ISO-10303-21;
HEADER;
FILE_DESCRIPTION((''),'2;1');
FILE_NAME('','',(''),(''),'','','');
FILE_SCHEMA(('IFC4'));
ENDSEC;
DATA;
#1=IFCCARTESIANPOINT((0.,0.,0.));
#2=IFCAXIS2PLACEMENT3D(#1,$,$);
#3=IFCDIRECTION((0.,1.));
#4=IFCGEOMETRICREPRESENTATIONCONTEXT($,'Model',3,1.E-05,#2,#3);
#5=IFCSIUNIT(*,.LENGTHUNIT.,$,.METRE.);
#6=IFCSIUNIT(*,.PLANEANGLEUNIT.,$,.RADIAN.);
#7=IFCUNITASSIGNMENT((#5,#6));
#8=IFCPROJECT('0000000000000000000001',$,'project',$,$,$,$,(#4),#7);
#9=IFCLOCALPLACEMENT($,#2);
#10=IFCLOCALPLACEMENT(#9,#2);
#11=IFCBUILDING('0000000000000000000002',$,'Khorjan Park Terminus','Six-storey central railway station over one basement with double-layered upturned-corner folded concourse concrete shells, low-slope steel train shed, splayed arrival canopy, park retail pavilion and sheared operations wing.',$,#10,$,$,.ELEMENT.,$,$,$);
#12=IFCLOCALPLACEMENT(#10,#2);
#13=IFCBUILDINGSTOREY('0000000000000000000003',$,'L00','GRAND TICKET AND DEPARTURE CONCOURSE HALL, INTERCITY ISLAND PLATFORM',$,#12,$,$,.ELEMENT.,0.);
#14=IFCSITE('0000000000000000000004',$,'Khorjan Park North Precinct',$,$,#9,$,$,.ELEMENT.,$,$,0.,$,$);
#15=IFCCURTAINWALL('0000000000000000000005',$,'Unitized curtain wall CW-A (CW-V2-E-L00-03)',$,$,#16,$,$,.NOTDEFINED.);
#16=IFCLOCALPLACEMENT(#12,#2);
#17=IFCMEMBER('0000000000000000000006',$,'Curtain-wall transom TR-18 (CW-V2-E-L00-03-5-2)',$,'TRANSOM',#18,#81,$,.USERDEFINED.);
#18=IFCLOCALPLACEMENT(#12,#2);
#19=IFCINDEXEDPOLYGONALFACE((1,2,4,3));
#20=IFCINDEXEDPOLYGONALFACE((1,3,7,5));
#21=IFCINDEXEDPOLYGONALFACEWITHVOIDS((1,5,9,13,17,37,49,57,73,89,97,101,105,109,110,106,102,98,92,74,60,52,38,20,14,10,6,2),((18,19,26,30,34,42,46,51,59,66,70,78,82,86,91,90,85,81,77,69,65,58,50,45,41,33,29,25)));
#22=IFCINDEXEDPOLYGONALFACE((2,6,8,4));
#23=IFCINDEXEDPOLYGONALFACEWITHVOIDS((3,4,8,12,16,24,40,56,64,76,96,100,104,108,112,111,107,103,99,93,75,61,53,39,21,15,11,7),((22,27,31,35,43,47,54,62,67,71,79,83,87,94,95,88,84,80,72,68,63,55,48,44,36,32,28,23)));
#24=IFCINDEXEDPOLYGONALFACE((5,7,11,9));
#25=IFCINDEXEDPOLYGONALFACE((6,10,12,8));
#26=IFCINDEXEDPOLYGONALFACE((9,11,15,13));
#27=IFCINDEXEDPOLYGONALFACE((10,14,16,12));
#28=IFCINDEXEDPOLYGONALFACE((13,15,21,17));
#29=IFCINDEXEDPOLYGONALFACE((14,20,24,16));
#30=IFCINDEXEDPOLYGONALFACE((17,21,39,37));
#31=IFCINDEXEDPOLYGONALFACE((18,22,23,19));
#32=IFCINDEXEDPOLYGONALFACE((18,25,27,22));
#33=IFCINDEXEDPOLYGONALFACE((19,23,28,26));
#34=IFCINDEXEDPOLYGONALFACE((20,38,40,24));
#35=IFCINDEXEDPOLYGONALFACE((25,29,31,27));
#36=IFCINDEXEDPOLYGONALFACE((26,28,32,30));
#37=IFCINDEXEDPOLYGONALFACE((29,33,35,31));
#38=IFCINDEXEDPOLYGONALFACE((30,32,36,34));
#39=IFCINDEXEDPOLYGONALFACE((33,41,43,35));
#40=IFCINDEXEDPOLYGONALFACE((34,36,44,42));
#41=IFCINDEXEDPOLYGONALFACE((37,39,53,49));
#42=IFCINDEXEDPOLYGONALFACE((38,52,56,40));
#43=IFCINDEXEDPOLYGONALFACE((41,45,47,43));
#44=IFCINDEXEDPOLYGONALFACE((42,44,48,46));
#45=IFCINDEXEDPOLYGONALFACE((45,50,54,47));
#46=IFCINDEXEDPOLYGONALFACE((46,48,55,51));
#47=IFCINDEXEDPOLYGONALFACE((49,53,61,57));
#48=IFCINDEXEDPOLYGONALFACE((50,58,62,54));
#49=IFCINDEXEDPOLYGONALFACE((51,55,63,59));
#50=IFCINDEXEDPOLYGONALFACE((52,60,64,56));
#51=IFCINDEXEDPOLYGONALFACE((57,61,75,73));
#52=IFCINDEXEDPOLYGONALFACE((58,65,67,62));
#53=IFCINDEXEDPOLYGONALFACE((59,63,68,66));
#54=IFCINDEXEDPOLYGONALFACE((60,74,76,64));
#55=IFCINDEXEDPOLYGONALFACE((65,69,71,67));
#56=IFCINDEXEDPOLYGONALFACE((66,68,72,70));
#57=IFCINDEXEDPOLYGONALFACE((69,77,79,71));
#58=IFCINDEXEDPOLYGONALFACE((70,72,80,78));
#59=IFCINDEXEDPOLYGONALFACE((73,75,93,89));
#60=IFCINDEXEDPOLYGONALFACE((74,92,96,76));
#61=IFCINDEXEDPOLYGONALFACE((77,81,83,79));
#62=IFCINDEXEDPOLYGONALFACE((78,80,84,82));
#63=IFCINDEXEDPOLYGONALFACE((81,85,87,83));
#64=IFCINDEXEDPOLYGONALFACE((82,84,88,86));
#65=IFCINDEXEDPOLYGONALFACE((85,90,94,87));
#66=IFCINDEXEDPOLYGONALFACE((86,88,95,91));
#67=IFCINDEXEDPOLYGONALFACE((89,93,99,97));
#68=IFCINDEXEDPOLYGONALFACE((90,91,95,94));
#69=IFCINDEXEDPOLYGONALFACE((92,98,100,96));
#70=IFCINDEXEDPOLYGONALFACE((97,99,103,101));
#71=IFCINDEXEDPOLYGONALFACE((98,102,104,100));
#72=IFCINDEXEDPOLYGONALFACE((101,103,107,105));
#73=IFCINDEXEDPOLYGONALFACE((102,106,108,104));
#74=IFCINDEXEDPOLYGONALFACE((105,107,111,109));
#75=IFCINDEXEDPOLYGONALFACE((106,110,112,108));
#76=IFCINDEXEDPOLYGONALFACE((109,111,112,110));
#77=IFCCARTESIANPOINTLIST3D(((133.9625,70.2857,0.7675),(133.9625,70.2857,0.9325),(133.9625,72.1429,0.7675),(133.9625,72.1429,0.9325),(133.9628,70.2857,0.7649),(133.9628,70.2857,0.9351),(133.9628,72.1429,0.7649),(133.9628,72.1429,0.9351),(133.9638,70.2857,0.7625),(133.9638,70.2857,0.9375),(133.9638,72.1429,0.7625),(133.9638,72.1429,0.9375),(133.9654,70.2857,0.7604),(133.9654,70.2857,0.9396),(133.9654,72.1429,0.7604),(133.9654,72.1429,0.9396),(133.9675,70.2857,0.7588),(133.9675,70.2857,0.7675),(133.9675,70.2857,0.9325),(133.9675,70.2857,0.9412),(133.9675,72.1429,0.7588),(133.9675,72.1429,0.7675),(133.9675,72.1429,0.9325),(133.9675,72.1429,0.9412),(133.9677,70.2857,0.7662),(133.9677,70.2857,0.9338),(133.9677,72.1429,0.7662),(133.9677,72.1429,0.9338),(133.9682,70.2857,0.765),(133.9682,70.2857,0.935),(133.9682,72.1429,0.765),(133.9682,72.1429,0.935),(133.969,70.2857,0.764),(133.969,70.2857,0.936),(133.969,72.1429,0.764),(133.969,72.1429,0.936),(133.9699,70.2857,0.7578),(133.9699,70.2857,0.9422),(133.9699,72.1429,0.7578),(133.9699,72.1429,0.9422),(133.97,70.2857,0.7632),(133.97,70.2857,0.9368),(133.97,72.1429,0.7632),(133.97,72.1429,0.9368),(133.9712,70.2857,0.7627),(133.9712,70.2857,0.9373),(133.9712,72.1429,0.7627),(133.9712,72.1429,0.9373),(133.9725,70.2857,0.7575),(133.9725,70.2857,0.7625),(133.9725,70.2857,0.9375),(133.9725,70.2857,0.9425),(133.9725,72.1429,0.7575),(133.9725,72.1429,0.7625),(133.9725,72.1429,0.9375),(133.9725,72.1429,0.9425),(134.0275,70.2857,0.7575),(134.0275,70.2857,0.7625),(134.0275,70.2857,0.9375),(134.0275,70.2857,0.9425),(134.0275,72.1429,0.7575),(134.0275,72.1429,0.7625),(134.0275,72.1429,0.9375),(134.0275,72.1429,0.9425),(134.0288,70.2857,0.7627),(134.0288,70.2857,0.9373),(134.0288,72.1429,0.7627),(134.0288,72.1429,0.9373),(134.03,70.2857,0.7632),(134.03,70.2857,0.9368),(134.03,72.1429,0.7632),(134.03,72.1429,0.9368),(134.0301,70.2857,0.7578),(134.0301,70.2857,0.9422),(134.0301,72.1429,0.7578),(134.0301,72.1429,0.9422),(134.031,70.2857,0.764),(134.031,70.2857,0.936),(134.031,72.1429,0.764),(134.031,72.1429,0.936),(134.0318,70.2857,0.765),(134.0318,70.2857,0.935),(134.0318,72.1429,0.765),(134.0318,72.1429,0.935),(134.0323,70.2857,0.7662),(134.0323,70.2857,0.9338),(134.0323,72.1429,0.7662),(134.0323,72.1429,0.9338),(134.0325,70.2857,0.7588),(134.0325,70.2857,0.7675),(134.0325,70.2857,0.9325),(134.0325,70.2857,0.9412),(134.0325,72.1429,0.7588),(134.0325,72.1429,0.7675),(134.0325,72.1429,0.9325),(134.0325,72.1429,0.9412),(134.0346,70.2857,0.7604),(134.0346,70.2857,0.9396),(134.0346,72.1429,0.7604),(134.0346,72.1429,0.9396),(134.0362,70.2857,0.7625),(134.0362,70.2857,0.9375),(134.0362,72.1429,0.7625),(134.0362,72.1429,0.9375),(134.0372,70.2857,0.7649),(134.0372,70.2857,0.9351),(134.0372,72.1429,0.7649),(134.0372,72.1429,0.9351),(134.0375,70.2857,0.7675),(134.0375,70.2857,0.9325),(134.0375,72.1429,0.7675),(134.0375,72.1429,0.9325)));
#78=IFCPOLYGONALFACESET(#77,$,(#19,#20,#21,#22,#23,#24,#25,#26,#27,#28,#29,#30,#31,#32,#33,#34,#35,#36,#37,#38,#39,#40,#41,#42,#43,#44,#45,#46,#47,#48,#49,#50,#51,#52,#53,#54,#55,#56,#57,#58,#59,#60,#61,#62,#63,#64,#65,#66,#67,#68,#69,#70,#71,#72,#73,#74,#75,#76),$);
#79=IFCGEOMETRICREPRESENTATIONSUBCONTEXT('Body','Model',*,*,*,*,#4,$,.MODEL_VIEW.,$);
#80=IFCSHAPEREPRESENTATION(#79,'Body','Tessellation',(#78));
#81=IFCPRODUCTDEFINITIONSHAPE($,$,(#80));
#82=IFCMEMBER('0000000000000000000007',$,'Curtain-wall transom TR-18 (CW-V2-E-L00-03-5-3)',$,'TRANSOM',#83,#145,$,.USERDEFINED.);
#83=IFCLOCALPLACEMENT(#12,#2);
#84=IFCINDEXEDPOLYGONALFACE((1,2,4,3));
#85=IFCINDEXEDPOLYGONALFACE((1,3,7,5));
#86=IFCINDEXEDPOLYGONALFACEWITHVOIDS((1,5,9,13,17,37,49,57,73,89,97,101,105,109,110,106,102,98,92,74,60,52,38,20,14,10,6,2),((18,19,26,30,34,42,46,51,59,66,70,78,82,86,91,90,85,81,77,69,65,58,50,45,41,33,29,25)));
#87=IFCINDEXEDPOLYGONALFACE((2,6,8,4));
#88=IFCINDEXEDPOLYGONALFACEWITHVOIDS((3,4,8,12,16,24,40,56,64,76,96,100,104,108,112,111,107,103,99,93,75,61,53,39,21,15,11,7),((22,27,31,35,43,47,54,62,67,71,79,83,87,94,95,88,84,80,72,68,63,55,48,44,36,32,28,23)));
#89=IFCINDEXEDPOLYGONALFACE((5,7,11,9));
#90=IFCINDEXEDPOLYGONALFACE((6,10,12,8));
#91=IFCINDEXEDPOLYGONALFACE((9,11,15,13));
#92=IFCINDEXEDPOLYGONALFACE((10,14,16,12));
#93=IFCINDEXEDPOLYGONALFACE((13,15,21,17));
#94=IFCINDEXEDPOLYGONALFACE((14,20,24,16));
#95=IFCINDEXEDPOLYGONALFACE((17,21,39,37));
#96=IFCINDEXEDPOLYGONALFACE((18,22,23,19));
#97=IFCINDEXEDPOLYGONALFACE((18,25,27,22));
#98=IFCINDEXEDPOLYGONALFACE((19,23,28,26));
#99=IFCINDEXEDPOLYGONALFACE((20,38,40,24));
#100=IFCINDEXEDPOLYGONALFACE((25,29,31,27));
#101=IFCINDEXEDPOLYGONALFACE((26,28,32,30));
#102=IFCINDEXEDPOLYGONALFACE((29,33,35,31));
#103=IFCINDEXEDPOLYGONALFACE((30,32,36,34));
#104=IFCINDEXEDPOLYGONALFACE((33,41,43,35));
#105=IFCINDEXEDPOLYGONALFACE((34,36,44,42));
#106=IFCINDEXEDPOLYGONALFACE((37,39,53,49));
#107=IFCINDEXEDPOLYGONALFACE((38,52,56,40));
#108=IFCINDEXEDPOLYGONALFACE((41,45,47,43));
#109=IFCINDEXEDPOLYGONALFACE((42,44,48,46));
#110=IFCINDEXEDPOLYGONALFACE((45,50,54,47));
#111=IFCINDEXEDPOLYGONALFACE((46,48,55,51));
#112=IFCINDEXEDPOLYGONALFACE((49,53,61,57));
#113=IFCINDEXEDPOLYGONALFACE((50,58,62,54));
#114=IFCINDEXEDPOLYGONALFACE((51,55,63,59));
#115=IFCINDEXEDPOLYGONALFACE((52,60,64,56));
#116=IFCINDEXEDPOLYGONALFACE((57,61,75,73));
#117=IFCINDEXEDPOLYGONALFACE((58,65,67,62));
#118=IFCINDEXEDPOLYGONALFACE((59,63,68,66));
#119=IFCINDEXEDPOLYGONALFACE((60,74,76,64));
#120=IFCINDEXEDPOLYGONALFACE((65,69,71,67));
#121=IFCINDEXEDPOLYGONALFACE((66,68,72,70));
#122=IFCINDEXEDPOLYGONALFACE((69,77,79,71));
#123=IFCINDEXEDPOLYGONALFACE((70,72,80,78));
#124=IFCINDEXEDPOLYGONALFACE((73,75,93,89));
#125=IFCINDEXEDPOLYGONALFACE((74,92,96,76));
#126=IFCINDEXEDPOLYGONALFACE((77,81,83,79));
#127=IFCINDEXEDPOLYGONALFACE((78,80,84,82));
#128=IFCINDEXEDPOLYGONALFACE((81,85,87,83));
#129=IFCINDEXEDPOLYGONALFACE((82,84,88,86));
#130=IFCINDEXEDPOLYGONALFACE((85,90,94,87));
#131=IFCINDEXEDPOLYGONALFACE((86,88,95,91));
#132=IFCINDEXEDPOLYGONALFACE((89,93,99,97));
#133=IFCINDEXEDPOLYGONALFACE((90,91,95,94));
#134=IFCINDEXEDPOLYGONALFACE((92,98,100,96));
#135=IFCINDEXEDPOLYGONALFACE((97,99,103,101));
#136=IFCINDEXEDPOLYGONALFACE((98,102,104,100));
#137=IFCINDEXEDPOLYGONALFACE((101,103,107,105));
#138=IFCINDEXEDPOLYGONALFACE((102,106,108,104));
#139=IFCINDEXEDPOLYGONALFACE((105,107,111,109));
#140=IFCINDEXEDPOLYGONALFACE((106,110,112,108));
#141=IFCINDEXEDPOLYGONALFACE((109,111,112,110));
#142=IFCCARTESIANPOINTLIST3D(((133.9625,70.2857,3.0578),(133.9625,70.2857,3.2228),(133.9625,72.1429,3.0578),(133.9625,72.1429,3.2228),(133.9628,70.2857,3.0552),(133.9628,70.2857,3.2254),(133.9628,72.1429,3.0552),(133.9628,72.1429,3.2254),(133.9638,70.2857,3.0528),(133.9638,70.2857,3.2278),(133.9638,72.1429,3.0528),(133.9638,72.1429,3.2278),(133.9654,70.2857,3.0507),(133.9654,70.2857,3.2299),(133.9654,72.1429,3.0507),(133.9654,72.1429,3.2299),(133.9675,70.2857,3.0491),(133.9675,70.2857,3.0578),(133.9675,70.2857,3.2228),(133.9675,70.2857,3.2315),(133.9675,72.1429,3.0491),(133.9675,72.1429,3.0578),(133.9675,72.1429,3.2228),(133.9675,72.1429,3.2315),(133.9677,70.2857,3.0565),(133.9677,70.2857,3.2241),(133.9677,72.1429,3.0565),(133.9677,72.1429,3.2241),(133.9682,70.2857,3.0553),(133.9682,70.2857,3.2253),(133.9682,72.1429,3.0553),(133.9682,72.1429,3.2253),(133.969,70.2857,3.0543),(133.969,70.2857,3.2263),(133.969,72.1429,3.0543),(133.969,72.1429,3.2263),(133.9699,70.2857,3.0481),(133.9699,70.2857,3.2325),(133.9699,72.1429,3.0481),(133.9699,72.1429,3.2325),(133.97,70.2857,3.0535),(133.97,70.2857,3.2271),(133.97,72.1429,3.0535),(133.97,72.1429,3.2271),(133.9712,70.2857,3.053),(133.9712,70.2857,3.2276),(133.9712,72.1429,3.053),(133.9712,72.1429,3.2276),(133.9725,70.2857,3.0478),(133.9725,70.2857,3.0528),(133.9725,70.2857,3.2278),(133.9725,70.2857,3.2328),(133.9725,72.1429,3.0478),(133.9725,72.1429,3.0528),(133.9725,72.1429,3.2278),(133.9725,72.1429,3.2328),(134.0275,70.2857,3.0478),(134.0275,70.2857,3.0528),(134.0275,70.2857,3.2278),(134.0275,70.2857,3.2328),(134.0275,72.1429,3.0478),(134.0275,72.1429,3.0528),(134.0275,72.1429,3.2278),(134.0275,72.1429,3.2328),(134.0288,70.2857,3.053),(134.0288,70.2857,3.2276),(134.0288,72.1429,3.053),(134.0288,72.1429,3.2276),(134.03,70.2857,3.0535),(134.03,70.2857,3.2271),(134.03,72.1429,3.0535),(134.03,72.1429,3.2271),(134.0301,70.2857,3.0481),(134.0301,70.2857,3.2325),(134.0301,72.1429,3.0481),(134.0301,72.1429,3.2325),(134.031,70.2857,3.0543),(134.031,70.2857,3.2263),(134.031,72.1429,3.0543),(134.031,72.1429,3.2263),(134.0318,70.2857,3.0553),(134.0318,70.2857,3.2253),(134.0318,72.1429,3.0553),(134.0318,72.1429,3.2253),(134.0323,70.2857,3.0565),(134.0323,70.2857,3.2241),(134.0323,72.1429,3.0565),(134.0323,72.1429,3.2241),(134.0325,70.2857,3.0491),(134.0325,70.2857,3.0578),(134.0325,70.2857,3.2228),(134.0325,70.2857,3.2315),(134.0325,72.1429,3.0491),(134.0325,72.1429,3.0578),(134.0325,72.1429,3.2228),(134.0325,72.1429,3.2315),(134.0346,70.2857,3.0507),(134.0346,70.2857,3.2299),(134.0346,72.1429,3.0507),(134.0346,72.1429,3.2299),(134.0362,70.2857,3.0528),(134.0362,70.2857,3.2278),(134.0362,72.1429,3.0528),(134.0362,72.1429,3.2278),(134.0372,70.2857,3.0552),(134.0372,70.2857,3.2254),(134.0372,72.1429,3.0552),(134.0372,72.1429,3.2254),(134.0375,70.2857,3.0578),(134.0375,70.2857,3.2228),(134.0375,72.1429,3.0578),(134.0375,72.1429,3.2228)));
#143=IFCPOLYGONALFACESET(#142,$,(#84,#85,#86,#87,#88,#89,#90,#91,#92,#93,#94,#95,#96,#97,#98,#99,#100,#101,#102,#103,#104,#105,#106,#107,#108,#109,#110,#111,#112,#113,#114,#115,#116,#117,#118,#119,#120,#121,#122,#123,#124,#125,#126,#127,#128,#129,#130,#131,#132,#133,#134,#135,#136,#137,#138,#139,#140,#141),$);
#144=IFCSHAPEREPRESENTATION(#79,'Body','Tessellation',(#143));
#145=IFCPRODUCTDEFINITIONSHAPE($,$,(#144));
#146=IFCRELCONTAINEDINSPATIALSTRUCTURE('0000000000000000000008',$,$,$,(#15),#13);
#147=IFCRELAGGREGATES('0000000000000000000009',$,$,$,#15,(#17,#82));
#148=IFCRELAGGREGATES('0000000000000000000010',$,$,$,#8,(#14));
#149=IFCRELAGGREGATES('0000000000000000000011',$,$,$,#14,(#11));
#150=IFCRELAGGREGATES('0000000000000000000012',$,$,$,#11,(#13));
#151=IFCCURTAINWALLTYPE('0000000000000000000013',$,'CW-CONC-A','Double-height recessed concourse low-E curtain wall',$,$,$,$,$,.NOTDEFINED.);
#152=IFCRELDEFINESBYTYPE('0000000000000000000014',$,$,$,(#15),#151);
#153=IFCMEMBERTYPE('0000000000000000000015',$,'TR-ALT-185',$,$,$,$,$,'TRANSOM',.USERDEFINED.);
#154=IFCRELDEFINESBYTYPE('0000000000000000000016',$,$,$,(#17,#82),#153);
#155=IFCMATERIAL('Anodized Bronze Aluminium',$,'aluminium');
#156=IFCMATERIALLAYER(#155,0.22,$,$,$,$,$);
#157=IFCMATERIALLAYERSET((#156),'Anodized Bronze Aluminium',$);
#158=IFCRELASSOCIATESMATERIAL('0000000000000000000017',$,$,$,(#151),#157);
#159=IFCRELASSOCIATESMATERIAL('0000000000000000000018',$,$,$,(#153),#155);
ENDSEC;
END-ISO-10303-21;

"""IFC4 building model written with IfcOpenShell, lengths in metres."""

from ifc_helpers import new_model, si_unit, direction, frame, origin, origin_2d, place, context, subcontext, project, spatial, hollow_rectangle, extrude, material, layer, layer_set, material_profile, profile_set, type_object, element, aggregate, save


model = new_model("IFC4")

# Units and contexts
model_context = context("Model", 3, precision=1e-05, world=origin(), true_north=direction((0.0, 1.0)))
body_context = subcontext(model_context, "Body", "Model", "MODEL_VIEW")
ifc_project = project(units=[si_unit("LENGTHUNIT", "METRE"), si_unit("PLANEANGLEUNIT", "RADIAN")], contexts=[model_context])

# Site, building, storey
site_placement = place(None, origin())
site = spatial("IfcSite", under=ifc_project, at=site_placement, Name="Khorjan Park North Precinct", CompositionType="ELEMENT", RefElevation=0.0)
building_placement = place(site_placement, origin())
building = spatial("IfcBuilding", under=site, at=building_placement, Name="Khorjan Park Terminus", Description="Six-storey central railway station over one basement with double-layered upturned-corner folded concourse concrete shells, low-slope steel train shed, splayed arrival canopy, park retail pavilion and sheared operations wing.", CompositionType="ELEMENT")
storey_placement = place(building_placement, origin())
storey = spatial("IfcBuildingStorey", under=building, at=storey_placement, Name="L00", Description="GRAND TICKET AND DEPARTURE CONCOURSE HALL, INTERCITY ISLAND PLATFORM", CompositionType="ELEMENT", Elevation=0.0)

# Curtain wall, members
ifc_material_1 = material(Name="Anodized Bronze Aluminium", Category="aluminium")
ifc_layer_1 = layer(ifc_material_1, 0.22)
ifc_layer_set_1 = layer_set([ifc_layer_1], Name="Anodized Bronze Aluminium")
curtain_wall_type = type_object("IfcCurtainWallType", Name="CW-CONC-A", Description="Double-height recessed concourse low-E curtain wall", PredefinedType="NOTDEFINED", material=ifc_layer_set_1)
curtain_wall_1_placement = place(storey_placement, origin())
curtain_wall_1 = element("IfcCurtainWall", 1, at=curtain_wall_1_placement, inside=storey, type_object=curtain_wall_type, Name="Unitized curtain wall CW-A (CW-V2-E-L00-03)", PredefinedType="NOTDEFINED")
ifc_material_profile_1 = material_profile(ifc_material_1, hollow_rectangle(XDim=0.075, YDim=0.185, WallThickness=0.005, InnerFilletRadius=0.005, OuterFilletRadius=0.01, at=origin_2d()), Name="ALT 75x185x5")
ifc_profile_set_1 = profile_set([ifc_material_profile_1], Name="Anodized Bronze Aluminium")
member_type_1 = type_object("IfcMemberType", Name="TR-ALT-185", ElementType="TRANSOM", PredefinedType="USERDEFINED", material=ifc_profile_set_1)
member_1_placement = place(storey_placement, frame((134.0, 70.2857, 0.85), z_axis=(0.0, 1.0, 0.0), x_axis=(-1.0, 0.0, 0.0)))
member_1 = element("IfcMember", 2, at=member_1_placement, type_object=member_type_1, Name="Curtain-wall transom TR-18 (CW-V2-E-L00-03-5-2)", ObjectType="TRANSOM", PredefinedType="USERDEFINED", context=body_context, shape_type="SweptSolid", body=[
    extrude(hollow_rectangle(XDim=0.075, YDim=0.185, WallThickness=0.005, InnerFilletRadius=0.005, OuterFilletRadius=0.01, at=origin_2d()), origin(), (0.0, 0.0, 1.0), 1.8572),
])
member_2_placement = place(storey_placement, frame((134.0, 70.2857, 3.1403), z_axis=(0.0, 1.0, 0.0), x_axis=(-1.0, 0.0, 0.0)))
member_2 = element("IfcMember", 3, at=member_2_placement, type_object=member_type_1, Name="Curtain-wall transom TR-18 (CW-V2-E-L00-03-5-3)", ObjectType="TRANSOM", PredefinedType="USERDEFINED", context=body_context, shape_type="SweptSolid", body=[
    extrude(hollow_rectangle(XDim=0.075, YDim=0.185, WallThickness=0.005, InnerFilletRadius=0.005, OuterFilletRadius=0.01, at=origin_2d()), origin(), (0.0, 0.0, 1.0), 1.8572),
])

aggregate(curtain_wall_1, [member_1, member_2])

save(model, "model.ifc")
